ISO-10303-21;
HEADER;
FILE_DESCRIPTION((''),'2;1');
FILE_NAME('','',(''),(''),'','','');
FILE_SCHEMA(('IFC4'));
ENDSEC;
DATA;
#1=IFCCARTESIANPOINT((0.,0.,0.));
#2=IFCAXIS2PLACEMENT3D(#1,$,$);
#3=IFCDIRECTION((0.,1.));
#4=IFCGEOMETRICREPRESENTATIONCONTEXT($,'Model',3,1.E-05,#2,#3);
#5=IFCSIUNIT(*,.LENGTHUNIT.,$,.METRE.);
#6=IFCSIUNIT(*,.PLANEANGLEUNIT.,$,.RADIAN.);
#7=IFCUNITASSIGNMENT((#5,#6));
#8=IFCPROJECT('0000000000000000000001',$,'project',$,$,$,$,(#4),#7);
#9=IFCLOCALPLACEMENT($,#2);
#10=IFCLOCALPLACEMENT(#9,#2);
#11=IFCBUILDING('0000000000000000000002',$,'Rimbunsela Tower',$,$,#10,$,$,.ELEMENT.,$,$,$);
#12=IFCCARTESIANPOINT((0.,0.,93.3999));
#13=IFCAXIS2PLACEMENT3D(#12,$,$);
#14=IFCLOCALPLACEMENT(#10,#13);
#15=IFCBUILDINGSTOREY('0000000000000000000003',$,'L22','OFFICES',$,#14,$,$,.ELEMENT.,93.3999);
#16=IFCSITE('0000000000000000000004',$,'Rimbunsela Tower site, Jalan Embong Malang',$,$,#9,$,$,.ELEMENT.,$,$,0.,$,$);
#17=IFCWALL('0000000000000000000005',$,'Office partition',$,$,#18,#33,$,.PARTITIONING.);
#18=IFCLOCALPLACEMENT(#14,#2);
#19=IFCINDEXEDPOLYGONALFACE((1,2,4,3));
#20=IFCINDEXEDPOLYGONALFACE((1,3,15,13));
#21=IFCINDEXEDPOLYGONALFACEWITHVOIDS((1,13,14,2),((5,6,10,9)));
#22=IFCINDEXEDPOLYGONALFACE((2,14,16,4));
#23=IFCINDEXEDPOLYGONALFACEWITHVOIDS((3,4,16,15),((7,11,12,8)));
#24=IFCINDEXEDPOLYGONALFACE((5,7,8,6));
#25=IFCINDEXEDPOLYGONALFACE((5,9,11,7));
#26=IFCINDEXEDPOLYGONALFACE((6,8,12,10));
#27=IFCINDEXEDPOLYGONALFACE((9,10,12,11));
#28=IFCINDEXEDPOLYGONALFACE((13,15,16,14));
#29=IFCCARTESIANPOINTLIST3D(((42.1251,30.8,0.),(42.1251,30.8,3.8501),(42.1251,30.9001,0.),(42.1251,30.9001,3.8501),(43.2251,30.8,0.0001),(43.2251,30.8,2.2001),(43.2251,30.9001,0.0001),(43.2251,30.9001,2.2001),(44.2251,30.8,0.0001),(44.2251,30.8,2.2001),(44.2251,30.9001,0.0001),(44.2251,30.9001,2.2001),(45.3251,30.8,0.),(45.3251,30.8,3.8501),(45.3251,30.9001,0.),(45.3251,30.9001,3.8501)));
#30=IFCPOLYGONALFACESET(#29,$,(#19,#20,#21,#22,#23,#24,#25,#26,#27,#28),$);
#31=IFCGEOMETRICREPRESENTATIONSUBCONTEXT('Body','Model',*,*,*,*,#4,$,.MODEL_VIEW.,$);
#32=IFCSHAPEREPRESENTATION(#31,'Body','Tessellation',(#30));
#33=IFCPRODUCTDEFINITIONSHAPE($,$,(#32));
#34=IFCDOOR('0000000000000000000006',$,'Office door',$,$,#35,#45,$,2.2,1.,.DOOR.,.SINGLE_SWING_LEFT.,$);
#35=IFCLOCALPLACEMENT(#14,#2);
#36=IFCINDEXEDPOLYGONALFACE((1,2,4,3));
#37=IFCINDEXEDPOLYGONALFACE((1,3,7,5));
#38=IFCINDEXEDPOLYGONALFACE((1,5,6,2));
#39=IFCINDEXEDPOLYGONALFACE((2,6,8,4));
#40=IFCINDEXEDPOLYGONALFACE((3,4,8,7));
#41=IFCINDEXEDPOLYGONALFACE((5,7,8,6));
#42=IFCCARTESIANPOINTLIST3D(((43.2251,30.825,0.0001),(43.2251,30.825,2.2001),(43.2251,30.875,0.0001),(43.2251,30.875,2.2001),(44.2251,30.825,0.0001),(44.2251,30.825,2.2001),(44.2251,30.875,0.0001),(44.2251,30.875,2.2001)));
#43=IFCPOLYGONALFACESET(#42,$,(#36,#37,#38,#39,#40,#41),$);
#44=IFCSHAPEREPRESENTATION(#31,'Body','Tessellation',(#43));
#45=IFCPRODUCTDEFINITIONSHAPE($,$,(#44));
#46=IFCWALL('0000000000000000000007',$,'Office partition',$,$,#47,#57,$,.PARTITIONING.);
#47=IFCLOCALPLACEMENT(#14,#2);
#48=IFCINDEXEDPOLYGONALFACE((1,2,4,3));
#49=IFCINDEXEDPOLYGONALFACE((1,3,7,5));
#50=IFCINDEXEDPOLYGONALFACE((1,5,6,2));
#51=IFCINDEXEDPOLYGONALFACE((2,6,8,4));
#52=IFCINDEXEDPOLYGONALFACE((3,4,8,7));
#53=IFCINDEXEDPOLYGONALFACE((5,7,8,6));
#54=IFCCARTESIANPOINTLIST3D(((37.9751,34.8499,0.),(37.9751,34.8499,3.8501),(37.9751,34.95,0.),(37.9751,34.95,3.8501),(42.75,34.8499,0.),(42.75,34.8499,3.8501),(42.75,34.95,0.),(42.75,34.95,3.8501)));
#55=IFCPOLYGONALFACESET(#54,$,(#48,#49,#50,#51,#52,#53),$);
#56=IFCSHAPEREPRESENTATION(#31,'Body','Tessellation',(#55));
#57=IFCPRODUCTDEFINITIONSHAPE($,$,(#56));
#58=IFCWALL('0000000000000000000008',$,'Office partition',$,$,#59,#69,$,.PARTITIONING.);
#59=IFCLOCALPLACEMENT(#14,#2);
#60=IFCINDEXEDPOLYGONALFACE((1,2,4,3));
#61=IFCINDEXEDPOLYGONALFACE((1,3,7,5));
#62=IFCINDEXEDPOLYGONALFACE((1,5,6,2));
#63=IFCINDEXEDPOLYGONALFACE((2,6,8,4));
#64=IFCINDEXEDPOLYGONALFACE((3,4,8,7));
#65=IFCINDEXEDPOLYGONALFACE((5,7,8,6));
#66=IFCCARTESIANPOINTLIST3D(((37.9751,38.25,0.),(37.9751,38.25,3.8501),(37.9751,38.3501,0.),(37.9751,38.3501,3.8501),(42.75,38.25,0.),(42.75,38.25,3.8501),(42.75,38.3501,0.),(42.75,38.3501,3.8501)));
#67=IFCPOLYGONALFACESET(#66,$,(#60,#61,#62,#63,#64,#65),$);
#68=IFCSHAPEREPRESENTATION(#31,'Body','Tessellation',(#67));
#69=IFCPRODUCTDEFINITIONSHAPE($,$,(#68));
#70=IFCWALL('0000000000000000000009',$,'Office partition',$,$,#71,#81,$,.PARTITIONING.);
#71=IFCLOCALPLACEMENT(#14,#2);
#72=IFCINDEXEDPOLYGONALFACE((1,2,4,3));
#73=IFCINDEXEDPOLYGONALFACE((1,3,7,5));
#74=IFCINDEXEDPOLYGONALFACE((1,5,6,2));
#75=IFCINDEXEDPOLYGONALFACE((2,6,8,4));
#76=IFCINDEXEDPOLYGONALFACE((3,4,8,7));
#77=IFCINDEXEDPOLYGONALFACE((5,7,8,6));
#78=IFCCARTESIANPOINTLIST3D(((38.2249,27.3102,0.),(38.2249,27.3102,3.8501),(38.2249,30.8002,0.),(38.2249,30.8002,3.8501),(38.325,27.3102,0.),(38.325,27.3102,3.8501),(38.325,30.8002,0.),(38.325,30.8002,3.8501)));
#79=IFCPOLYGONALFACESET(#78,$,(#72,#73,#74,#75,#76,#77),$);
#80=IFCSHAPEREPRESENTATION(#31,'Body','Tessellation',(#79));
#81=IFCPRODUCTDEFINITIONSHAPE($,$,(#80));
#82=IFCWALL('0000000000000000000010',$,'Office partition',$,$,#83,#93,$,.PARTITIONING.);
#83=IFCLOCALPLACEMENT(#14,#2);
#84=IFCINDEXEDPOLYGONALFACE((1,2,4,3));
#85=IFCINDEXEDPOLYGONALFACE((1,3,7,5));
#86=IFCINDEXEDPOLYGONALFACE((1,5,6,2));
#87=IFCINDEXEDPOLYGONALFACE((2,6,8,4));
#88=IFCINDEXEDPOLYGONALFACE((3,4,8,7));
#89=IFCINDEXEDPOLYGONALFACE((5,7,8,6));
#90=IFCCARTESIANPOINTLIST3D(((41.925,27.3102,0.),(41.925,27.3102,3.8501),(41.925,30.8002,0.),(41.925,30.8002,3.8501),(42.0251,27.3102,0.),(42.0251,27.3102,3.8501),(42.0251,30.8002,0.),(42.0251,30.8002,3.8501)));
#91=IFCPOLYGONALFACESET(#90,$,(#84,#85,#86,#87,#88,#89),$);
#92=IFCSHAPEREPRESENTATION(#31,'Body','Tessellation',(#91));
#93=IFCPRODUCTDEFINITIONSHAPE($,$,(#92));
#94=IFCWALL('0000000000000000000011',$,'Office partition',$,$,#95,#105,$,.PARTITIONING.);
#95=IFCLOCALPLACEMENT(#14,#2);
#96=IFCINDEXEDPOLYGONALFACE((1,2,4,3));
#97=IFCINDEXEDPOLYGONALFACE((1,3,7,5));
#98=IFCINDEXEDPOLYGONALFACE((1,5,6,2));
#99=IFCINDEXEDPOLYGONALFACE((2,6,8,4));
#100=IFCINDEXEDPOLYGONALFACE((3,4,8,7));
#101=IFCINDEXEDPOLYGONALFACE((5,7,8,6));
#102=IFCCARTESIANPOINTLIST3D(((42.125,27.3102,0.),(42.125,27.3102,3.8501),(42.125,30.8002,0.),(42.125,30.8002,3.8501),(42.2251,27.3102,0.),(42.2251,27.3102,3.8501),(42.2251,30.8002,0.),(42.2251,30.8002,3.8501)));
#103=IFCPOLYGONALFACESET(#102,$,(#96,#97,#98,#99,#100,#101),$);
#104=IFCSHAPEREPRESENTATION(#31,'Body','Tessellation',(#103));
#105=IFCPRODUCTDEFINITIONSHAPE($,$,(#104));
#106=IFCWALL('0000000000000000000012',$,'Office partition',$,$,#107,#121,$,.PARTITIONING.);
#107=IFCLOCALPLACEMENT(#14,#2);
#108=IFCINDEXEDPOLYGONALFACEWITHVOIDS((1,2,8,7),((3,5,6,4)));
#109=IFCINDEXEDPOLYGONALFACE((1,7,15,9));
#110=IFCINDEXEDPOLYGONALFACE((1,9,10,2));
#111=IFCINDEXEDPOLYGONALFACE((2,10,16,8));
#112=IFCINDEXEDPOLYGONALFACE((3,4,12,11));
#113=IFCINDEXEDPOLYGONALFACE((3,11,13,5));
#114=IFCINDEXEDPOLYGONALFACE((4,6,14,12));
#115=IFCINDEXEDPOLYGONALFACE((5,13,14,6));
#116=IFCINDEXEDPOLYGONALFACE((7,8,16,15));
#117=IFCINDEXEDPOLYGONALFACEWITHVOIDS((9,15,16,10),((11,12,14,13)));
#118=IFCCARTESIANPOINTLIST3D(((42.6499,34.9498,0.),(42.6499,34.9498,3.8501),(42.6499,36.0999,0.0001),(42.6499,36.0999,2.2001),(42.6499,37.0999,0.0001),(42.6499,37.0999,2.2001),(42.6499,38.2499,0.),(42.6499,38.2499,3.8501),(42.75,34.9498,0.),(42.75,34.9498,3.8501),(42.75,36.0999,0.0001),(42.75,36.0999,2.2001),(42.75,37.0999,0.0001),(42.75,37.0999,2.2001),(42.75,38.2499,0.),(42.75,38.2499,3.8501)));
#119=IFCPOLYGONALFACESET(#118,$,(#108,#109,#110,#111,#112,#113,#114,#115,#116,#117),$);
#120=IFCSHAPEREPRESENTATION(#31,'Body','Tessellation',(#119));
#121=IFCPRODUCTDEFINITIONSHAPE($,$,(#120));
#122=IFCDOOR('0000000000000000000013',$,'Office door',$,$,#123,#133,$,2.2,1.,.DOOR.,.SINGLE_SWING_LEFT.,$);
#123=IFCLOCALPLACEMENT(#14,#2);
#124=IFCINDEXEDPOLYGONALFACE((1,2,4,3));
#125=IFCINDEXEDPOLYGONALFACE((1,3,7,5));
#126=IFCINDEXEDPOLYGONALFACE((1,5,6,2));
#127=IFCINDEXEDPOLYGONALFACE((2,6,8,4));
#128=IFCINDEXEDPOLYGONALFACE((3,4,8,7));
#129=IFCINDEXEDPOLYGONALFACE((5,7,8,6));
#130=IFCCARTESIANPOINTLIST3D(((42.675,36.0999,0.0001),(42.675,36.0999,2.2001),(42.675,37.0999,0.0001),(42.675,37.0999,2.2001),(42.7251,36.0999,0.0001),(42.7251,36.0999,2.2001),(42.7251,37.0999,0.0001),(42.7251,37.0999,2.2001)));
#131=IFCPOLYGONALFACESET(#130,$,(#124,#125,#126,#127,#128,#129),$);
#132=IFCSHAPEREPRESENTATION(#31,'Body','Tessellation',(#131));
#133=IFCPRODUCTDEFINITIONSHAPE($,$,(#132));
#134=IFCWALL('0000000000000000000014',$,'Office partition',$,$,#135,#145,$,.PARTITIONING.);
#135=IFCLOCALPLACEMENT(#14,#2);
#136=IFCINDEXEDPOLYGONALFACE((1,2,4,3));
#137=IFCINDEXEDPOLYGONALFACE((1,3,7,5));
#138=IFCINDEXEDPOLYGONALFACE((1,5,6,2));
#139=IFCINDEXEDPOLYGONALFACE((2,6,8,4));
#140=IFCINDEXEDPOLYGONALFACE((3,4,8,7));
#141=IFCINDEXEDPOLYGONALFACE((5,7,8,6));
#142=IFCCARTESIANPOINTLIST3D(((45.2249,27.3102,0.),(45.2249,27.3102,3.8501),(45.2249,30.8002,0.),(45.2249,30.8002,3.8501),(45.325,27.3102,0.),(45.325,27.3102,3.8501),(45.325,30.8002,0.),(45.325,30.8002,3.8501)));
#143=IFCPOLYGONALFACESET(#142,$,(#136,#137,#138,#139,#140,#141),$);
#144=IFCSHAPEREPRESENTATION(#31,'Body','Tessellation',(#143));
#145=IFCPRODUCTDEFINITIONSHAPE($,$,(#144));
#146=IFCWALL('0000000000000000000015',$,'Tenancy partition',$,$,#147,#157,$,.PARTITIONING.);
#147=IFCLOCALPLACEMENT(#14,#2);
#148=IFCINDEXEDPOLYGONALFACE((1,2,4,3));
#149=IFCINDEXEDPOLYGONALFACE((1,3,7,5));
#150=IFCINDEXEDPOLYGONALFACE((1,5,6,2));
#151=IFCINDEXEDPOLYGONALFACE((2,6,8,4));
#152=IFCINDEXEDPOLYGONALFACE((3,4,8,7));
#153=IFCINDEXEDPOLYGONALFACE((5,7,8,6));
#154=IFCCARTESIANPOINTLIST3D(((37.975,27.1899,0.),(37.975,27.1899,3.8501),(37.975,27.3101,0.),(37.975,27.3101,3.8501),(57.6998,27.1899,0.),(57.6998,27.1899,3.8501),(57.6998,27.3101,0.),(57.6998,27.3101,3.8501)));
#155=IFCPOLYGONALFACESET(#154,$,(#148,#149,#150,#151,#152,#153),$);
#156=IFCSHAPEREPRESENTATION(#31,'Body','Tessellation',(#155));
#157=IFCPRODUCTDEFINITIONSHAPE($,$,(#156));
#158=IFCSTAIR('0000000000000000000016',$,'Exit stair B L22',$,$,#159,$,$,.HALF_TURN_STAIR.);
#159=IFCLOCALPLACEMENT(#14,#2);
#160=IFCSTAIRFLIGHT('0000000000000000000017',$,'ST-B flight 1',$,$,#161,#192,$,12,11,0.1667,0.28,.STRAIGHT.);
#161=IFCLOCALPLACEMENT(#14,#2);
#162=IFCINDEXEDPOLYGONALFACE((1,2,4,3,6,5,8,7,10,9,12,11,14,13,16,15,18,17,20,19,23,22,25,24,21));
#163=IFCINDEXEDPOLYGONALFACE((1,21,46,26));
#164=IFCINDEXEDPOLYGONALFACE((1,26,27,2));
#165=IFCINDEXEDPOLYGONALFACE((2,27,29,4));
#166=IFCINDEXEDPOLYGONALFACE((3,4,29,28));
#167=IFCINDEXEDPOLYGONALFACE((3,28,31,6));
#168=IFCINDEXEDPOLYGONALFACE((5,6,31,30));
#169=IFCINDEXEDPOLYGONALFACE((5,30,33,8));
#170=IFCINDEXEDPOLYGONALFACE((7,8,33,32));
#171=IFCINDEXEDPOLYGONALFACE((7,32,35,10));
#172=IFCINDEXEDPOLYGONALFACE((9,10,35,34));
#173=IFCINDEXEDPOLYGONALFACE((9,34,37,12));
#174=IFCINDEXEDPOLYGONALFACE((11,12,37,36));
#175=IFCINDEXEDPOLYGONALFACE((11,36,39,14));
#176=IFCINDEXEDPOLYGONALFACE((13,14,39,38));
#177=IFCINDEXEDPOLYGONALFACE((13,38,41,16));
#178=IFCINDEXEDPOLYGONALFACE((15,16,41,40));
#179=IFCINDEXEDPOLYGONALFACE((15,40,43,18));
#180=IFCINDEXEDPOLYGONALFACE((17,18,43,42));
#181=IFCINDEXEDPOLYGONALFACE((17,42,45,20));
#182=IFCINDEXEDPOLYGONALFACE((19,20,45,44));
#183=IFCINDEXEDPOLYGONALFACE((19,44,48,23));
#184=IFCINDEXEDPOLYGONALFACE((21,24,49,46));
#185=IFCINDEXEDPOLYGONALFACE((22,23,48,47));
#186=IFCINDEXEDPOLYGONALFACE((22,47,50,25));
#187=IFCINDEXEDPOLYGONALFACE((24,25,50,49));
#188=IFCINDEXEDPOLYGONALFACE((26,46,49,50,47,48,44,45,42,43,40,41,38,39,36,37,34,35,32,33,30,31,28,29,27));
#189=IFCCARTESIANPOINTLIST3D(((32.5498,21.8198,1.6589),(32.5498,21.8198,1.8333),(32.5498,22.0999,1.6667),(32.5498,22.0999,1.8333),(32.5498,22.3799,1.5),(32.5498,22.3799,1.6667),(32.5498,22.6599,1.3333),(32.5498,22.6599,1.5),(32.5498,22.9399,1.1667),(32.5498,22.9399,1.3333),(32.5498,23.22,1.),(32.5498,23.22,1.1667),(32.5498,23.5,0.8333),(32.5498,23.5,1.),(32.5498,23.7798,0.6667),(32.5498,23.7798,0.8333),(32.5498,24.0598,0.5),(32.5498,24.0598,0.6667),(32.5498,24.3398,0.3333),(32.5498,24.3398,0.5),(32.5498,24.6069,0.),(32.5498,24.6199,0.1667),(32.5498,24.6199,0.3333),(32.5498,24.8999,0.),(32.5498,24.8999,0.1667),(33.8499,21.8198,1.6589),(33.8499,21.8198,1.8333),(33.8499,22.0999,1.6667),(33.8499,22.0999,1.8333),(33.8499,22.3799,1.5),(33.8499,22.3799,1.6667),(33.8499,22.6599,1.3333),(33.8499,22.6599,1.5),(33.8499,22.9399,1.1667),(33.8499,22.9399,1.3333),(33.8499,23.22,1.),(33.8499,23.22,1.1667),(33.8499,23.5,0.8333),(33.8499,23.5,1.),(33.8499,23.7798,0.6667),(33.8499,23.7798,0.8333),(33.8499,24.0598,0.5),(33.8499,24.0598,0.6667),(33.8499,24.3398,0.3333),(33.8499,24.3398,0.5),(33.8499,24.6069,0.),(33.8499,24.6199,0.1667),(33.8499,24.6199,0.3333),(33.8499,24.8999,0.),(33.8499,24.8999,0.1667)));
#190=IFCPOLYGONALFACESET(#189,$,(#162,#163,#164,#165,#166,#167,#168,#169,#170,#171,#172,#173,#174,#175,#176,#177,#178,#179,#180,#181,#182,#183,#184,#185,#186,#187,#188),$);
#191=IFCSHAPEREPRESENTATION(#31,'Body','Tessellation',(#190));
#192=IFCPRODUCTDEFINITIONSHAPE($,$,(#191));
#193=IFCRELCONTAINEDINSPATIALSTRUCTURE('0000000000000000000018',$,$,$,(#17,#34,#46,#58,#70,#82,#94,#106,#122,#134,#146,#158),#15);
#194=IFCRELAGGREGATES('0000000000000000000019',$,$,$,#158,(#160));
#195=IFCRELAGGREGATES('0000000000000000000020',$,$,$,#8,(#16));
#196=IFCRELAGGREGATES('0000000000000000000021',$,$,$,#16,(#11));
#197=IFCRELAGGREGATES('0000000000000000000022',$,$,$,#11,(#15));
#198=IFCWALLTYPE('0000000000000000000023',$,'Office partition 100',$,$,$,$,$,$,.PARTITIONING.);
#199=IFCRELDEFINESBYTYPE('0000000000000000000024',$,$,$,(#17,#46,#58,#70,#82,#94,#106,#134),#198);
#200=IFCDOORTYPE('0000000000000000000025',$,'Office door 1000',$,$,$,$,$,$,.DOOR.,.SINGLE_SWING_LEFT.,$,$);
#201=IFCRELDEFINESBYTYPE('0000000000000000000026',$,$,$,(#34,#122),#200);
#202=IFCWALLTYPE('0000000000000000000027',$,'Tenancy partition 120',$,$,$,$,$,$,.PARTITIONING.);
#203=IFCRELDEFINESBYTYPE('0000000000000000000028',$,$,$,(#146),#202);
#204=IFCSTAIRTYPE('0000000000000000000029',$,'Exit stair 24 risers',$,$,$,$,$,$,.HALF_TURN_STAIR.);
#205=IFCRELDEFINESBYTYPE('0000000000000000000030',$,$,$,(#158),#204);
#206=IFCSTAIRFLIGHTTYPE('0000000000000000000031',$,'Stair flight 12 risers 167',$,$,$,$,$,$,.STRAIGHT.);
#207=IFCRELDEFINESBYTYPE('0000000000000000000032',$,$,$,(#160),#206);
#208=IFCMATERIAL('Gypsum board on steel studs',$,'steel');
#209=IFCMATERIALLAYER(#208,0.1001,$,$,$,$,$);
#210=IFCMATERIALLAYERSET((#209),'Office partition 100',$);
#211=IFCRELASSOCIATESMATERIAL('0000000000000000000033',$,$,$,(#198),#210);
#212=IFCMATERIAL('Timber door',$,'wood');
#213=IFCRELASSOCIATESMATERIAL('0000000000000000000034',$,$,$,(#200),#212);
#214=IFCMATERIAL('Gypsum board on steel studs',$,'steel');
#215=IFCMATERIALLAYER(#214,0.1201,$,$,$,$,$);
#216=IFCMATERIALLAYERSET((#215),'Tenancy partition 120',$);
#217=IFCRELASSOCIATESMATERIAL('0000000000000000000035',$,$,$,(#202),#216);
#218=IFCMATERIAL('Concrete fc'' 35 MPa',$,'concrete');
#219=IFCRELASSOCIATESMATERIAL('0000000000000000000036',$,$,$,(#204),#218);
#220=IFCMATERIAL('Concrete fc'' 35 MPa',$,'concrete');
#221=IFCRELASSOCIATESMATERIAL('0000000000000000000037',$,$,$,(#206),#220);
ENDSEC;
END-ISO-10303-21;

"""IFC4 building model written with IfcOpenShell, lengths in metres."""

from ifc_helpers import new_model, si_unit, direction, frame, frame_2d, origin, place, context, subcontext, project, spatial, polyline, rectangle, outline, extrude, material, layer, layer_set, type_object, element, fill, aggregate, save


model = new_model("IFC4")

# Units and contexts
model_context = context("Model", 3, precision=1e-05, world=origin(), true_north=direction((0.0, 1.0)))
body_context = subcontext(model_context, "Body", "Model", "MODEL_VIEW")
ifc_project = project(units=[si_unit("LENGTHUNIT", "METRE"), si_unit("PLANEANGLEUNIT", "RADIAN")], contexts=[model_context])

# Site, building, storey
site_placement = place(None, origin())
site = spatial("IfcSite", under=ifc_project, at=site_placement, Name="Rimbunsela Tower site, Jalan Embong Malang", CompositionType="ELEMENT", RefElevation=0.0)
building_placement = place(site_placement, origin())
building = spatial("IfcBuilding", under=site, at=building_placement, Name="Rimbunsela Tower", CompositionType="ELEMENT")
storey_placement = place(building_placement, frame((0.0, 0.0, 93.3999)))
storey = spatial("IfcBuildingStorey", under=building, at=storey_placement, Name="L22", Description="OFFICES", CompositionType="ELEMENT", Elevation=93.3999)

# Wall, opening, door
ifc_material_1 = material(Name="Gypsum board on steel studs", Category="steel")
ifc_layer_1 = layer(ifc_material_1, 0.1001)
ifc_layer_set_1 = layer_set([ifc_layer_1], Name="Office partition 100")
wall_type_1 = type_object("IfcWallType", Name="Office partition 100", PredefinedType="PARTITIONING", material=ifc_layer_set_1)
wall_1_placement = place(storey_placement, frame((42.125, 30.8501, 0.0), z_axis=(0.0, 0.0, 1.0), x_axis=(1.0, 0.0, 0.0)))
wall_1 = element("IfcWall", 1, at=wall_1_placement, inside=storey, type_object=wall_type_1, Name="Office partition", PredefinedType="PARTITIONING", context=body_context, shape_type="SweptSolid", body=[
    extrude(rectangle(XDim=3.2, YDim=0.1001, at=frame_2d((1.6001, 0.0))), origin(), (0.0, 0.0, 1.0), 3.8501),
])
opening_1_placement = place(wall_1_placement, frame((1.1001, 0.0, 0.0)))
opening_1 = element("IfcOpeningElement", 2, at=opening_1_placement, cuts=wall_1, PredefinedType="OPENING", context=body_context, shape_type="SweptSolid", body=[
    extrude(rectangle(XDim=1.0, YDim=2.2, at=frame_2d((0.5, 1.1001))), frame((0.0, 0.0601, 0.0), z_axis=(0.0, -1.0, 0.0), x_axis=(1.0, 0.0, 0.0)), (0.0, 0.0, 1.0), 0.1201),
])
ifc_material_2 = material(Name="Timber door", Category="wood")
door_type_1 = type_object("IfcDoorType", Name="Office door 1000", OperationType="SINGLE_SWING_LEFT", PredefinedType="DOOR", material=ifc_material_2)
door_1_placement = place(opening_1_placement, origin())
door_1 = element("IfcDoor", 3, at=door_1_placement, inside=storey, type_object=door_type_1, Name="Office door", OperationType="SINGLE_SWING_LEFT", OverallHeight=2.2, OverallWidth=1.0, PredefinedType="DOOR", context=body_context, shape_type="SweptSolid", body=[
    extrude(rectangle(XDim=1.0, YDim=2.2, at=frame_2d((0.5, 1.1001))), frame((0.0, 0.0249, 0.0), z_axis=(0.0, -1.0, 0.0), x_axis=(1.0, 0.0, 0.0)), (0.0, 0.0, 1.0), 0.05),
])
fill(opening_1, door_1)

# Walls
for number, where, z_axis, x_axis, name in (
    (4, (37.9751, 34.8999, 0.0), (0.0, 0.0, 1.0), (1.0, 0.0, 0.0), "Office partition"),
    (5, (37.9751, 38.3, 0.0), (0.0, 0.0, 1.0), (1.0, 0.0, 0.0), "Office partition"),
):
    element("IfcWall", number, at=place(storey_placement, frame(where, z_axis=z_axis, x_axis=x_axis)), inside=storey, type_object=wall_type_1, Name=name, PredefinedType="PARTITIONING", context=body_context, shape_type="SweptSolid", body=[
        extrude(rectangle(XDim=4.7749, YDim=0.1001, at=frame_2d((2.3875, 0.0))), origin(), (0.0, 0.0, 1.0), 3.8501),
    ])
for number, where, z_axis, x_axis, name in (
    (6, (38.2749, 27.3101, 0.0), (0.0, 0.0, 1.0), (0.0, 1.0, 0.0), "Office partition"),
    (7, (41.9751, 27.3101, 0.0), (0.0, 0.0, 1.0), (0.0, 1.0, 0.0), "Office partition"),
    (8, (42.175, 27.3101, 0.0), (0.0, 0.0, 1.0), (0.0, 1.0, 0.0), "Office partition"),
):
    element("IfcWall", number, at=place(storey_placement, frame(where, z_axis=z_axis, x_axis=x_axis)), inside=storey, type_object=wall_type_1, Name=name, PredefinedType="PARTITIONING", context=body_context, shape_type="SweptSolid", body=[
        extrude(rectangle(XDim=3.49, YDim=0.1001, at=frame_2d((1.7451, 0.0))), origin(), (0.0, 0.0, 1.0), 3.8501),
    ])

# Wall, opening, door
wall_2_placement = place(storey_placement, frame((42.7, 34.95, 0.0), z_axis=(0.0, 0.0, 1.0), x_axis=(0.0, 1.0, 0.0)))
wall_2 = element("IfcWall", 9, at=wall_2_placement, inside=storey, type_object=wall_type_1, Name="Office partition", PredefinedType="PARTITIONING", context=body_context, shape_type="SweptSolid", body=[
    extrude(rectangle(XDim=3.3, YDim=0.1001, at=frame_2d((1.6499, 0.0))), origin(), (0.0, 0.0, 1.0), 3.8501),
])
opening_2_placement = place(wall_2_placement, frame((1.1499, 0.0, 0.0)))
opening_2 = element("IfcOpeningElement", 10, at=opening_2_placement, cuts=wall_2, PredefinedType="OPENING", context=body_context, shape_type="SweptSolid", body=[
    extrude(rectangle(XDim=1.0, YDim=2.2, at=frame_2d((0.5, 1.1001))), frame((0.0, 0.0601, 0.0), z_axis=(0.0, -1.0, 0.0), x_axis=(1.0, 0.0, 0.0)), (0.0, 0.0, 1.0), 0.1201),
])
door_2_placement = place(opening_2_placement, origin())
door_2 = element("IfcDoor", 11, at=door_2_placement, inside=storey, type_object=door_type_1, Name="Office door", OperationType="SINGLE_SWING_LEFT", OverallHeight=2.2, OverallWidth=1.0, PredefinedType="DOOR", context=body_context, shape_type="SweptSolid", body=[
    extrude(rectangle(XDim=1.0, YDim=2.2, at=frame_2d((0.5, 1.1001))), frame((0.0, 0.0249, 0.0), z_axis=(0.0, -1.0, 0.0), x_axis=(1.0, 0.0, 0.0)), (0.0, 0.0, 1.0), 0.05),
])
fill(opening_2, door_2)

# Walls
wall_3_placement = place(storey_placement, frame((45.2749, 27.3101, 0.0), z_axis=(0.0, 0.0, 1.0), x_axis=(0.0, 1.0, 0.0)))
element("IfcWall", 12, at=wall_3_placement, inside=storey, type_object=wall_type_1, Name="Office partition", PredefinedType="PARTITIONING", context=body_context, shape_type="SweptSolid", body=[
    extrude(rectangle(XDim=3.49, YDim=0.1001, at=frame_2d((1.7451, 0.0))), origin(), (0.0, 0.0, 1.0), 3.8501),
])
ifc_material_3 = material(Name="Gypsum board on steel studs", Category="steel")
ifc_layer_2 = layer(ifc_material_3, 0.1201)
ifc_layer_set_2 = layer_set([ifc_layer_2], Name="Tenancy partition 120")
wall_type_2 = type_object("IfcWallType", Name="Tenancy partition 120", PredefinedType="PARTITIONING", material=ifc_layer_set_2)
wall_4_placement = place(storey_placement, frame((37.9751, 27.25, 0.0), z_axis=(0.0, 0.0, 1.0), x_axis=(1.0, 0.0, 0.0)))
element("IfcWall", 13, at=wall_4_placement, inside=storey, type_object=wall_type_2, Name="Tenancy partition", PredefinedType="PARTITIONING", context=body_context, shape_type="SweptSolid", body=[
    extrude(rectangle(XDim=19.7249, YDim=0.1201, at=frame_2d((9.8623, 0.0))), origin(), (0.0, 0.0, 1.0), 3.8501),
])

# Stair, stair flight
ifc_material_4 = material(Name="Concrete fc' 35 MPa", Category="concrete")
stair_type = type_object("IfcStairType", Name="Exit stair 24 risers", PredefinedType="HALF_TURN_STAIR", material=ifc_material_4)
stair_placement = place(storey_placement, origin())
stair = element("IfcStair", 14, at=stair_placement, inside=storey, type_object=stair_type, Name="Exit stair B L22", PredefinedType="HALF_TURN_STAIR")
ifc_material_5 = material(Name="Concrete fc' 35 MPa", Category="concrete")
stair_flight_type = type_object("IfcStairFlightType", Name="Stair flight 12 risers 167", PredefinedType="STRAIGHT", material=ifc_material_5)
stair_flight_placement = place(storey_placement, frame((33.2, 24.8999, 0.0), z_axis=(0.0, 0.0, 1.0), x_axis=(0.0, -1.0, 0.0)))
stair_flight = element("IfcStairFlight", 15, at=stair_flight_placement, type_object=stair_flight_type, Name="ST-B flight 1", NumberOfRisers=12, NumberOfTreads=11, PredefinedType="STRAIGHT", RiserHeight=0.1667, TreadLength=0.28, context=body_context, shape_type="SweptSolid", body=[
    extrude(outline(polyline([(0.0, 0.0), (0.0, 0.1667), (0.28, 0.1667), (0.28, 0.3333), (0.5601, 0.3333), (0.5601, 0.5), (0.8401, 0.5), (0.8401, 0.6667), (1.1201, 0.6667), (1.1201, 0.8333), (1.3999, 0.8333), (1.3999, 1.0), (1.6799, 1.0), (1.6799, 1.1667), (1.96, 1.1667), (1.96, 1.3333), (2.24, 1.3333), (2.24, 1.5), (2.52, 1.5), (2.52, 1.6667), (2.8, 1.6667), (2.8, 1.8333), (3.0801, 1.8333), (3.0801, 2.0), (3.0801, 1.6589), (0.293, 0.0), (0.0, 0.0)])), frame((0.0, 0.6499, 0.0), z_axis=(0.0, -1.0, 0.0), x_axis=(1.0, 0.0, 0.0)), (0.0, 0.0, 1.0), 1.3),
])
aggregate(stair, [stair_flight])

save(model, "model.ifc")
